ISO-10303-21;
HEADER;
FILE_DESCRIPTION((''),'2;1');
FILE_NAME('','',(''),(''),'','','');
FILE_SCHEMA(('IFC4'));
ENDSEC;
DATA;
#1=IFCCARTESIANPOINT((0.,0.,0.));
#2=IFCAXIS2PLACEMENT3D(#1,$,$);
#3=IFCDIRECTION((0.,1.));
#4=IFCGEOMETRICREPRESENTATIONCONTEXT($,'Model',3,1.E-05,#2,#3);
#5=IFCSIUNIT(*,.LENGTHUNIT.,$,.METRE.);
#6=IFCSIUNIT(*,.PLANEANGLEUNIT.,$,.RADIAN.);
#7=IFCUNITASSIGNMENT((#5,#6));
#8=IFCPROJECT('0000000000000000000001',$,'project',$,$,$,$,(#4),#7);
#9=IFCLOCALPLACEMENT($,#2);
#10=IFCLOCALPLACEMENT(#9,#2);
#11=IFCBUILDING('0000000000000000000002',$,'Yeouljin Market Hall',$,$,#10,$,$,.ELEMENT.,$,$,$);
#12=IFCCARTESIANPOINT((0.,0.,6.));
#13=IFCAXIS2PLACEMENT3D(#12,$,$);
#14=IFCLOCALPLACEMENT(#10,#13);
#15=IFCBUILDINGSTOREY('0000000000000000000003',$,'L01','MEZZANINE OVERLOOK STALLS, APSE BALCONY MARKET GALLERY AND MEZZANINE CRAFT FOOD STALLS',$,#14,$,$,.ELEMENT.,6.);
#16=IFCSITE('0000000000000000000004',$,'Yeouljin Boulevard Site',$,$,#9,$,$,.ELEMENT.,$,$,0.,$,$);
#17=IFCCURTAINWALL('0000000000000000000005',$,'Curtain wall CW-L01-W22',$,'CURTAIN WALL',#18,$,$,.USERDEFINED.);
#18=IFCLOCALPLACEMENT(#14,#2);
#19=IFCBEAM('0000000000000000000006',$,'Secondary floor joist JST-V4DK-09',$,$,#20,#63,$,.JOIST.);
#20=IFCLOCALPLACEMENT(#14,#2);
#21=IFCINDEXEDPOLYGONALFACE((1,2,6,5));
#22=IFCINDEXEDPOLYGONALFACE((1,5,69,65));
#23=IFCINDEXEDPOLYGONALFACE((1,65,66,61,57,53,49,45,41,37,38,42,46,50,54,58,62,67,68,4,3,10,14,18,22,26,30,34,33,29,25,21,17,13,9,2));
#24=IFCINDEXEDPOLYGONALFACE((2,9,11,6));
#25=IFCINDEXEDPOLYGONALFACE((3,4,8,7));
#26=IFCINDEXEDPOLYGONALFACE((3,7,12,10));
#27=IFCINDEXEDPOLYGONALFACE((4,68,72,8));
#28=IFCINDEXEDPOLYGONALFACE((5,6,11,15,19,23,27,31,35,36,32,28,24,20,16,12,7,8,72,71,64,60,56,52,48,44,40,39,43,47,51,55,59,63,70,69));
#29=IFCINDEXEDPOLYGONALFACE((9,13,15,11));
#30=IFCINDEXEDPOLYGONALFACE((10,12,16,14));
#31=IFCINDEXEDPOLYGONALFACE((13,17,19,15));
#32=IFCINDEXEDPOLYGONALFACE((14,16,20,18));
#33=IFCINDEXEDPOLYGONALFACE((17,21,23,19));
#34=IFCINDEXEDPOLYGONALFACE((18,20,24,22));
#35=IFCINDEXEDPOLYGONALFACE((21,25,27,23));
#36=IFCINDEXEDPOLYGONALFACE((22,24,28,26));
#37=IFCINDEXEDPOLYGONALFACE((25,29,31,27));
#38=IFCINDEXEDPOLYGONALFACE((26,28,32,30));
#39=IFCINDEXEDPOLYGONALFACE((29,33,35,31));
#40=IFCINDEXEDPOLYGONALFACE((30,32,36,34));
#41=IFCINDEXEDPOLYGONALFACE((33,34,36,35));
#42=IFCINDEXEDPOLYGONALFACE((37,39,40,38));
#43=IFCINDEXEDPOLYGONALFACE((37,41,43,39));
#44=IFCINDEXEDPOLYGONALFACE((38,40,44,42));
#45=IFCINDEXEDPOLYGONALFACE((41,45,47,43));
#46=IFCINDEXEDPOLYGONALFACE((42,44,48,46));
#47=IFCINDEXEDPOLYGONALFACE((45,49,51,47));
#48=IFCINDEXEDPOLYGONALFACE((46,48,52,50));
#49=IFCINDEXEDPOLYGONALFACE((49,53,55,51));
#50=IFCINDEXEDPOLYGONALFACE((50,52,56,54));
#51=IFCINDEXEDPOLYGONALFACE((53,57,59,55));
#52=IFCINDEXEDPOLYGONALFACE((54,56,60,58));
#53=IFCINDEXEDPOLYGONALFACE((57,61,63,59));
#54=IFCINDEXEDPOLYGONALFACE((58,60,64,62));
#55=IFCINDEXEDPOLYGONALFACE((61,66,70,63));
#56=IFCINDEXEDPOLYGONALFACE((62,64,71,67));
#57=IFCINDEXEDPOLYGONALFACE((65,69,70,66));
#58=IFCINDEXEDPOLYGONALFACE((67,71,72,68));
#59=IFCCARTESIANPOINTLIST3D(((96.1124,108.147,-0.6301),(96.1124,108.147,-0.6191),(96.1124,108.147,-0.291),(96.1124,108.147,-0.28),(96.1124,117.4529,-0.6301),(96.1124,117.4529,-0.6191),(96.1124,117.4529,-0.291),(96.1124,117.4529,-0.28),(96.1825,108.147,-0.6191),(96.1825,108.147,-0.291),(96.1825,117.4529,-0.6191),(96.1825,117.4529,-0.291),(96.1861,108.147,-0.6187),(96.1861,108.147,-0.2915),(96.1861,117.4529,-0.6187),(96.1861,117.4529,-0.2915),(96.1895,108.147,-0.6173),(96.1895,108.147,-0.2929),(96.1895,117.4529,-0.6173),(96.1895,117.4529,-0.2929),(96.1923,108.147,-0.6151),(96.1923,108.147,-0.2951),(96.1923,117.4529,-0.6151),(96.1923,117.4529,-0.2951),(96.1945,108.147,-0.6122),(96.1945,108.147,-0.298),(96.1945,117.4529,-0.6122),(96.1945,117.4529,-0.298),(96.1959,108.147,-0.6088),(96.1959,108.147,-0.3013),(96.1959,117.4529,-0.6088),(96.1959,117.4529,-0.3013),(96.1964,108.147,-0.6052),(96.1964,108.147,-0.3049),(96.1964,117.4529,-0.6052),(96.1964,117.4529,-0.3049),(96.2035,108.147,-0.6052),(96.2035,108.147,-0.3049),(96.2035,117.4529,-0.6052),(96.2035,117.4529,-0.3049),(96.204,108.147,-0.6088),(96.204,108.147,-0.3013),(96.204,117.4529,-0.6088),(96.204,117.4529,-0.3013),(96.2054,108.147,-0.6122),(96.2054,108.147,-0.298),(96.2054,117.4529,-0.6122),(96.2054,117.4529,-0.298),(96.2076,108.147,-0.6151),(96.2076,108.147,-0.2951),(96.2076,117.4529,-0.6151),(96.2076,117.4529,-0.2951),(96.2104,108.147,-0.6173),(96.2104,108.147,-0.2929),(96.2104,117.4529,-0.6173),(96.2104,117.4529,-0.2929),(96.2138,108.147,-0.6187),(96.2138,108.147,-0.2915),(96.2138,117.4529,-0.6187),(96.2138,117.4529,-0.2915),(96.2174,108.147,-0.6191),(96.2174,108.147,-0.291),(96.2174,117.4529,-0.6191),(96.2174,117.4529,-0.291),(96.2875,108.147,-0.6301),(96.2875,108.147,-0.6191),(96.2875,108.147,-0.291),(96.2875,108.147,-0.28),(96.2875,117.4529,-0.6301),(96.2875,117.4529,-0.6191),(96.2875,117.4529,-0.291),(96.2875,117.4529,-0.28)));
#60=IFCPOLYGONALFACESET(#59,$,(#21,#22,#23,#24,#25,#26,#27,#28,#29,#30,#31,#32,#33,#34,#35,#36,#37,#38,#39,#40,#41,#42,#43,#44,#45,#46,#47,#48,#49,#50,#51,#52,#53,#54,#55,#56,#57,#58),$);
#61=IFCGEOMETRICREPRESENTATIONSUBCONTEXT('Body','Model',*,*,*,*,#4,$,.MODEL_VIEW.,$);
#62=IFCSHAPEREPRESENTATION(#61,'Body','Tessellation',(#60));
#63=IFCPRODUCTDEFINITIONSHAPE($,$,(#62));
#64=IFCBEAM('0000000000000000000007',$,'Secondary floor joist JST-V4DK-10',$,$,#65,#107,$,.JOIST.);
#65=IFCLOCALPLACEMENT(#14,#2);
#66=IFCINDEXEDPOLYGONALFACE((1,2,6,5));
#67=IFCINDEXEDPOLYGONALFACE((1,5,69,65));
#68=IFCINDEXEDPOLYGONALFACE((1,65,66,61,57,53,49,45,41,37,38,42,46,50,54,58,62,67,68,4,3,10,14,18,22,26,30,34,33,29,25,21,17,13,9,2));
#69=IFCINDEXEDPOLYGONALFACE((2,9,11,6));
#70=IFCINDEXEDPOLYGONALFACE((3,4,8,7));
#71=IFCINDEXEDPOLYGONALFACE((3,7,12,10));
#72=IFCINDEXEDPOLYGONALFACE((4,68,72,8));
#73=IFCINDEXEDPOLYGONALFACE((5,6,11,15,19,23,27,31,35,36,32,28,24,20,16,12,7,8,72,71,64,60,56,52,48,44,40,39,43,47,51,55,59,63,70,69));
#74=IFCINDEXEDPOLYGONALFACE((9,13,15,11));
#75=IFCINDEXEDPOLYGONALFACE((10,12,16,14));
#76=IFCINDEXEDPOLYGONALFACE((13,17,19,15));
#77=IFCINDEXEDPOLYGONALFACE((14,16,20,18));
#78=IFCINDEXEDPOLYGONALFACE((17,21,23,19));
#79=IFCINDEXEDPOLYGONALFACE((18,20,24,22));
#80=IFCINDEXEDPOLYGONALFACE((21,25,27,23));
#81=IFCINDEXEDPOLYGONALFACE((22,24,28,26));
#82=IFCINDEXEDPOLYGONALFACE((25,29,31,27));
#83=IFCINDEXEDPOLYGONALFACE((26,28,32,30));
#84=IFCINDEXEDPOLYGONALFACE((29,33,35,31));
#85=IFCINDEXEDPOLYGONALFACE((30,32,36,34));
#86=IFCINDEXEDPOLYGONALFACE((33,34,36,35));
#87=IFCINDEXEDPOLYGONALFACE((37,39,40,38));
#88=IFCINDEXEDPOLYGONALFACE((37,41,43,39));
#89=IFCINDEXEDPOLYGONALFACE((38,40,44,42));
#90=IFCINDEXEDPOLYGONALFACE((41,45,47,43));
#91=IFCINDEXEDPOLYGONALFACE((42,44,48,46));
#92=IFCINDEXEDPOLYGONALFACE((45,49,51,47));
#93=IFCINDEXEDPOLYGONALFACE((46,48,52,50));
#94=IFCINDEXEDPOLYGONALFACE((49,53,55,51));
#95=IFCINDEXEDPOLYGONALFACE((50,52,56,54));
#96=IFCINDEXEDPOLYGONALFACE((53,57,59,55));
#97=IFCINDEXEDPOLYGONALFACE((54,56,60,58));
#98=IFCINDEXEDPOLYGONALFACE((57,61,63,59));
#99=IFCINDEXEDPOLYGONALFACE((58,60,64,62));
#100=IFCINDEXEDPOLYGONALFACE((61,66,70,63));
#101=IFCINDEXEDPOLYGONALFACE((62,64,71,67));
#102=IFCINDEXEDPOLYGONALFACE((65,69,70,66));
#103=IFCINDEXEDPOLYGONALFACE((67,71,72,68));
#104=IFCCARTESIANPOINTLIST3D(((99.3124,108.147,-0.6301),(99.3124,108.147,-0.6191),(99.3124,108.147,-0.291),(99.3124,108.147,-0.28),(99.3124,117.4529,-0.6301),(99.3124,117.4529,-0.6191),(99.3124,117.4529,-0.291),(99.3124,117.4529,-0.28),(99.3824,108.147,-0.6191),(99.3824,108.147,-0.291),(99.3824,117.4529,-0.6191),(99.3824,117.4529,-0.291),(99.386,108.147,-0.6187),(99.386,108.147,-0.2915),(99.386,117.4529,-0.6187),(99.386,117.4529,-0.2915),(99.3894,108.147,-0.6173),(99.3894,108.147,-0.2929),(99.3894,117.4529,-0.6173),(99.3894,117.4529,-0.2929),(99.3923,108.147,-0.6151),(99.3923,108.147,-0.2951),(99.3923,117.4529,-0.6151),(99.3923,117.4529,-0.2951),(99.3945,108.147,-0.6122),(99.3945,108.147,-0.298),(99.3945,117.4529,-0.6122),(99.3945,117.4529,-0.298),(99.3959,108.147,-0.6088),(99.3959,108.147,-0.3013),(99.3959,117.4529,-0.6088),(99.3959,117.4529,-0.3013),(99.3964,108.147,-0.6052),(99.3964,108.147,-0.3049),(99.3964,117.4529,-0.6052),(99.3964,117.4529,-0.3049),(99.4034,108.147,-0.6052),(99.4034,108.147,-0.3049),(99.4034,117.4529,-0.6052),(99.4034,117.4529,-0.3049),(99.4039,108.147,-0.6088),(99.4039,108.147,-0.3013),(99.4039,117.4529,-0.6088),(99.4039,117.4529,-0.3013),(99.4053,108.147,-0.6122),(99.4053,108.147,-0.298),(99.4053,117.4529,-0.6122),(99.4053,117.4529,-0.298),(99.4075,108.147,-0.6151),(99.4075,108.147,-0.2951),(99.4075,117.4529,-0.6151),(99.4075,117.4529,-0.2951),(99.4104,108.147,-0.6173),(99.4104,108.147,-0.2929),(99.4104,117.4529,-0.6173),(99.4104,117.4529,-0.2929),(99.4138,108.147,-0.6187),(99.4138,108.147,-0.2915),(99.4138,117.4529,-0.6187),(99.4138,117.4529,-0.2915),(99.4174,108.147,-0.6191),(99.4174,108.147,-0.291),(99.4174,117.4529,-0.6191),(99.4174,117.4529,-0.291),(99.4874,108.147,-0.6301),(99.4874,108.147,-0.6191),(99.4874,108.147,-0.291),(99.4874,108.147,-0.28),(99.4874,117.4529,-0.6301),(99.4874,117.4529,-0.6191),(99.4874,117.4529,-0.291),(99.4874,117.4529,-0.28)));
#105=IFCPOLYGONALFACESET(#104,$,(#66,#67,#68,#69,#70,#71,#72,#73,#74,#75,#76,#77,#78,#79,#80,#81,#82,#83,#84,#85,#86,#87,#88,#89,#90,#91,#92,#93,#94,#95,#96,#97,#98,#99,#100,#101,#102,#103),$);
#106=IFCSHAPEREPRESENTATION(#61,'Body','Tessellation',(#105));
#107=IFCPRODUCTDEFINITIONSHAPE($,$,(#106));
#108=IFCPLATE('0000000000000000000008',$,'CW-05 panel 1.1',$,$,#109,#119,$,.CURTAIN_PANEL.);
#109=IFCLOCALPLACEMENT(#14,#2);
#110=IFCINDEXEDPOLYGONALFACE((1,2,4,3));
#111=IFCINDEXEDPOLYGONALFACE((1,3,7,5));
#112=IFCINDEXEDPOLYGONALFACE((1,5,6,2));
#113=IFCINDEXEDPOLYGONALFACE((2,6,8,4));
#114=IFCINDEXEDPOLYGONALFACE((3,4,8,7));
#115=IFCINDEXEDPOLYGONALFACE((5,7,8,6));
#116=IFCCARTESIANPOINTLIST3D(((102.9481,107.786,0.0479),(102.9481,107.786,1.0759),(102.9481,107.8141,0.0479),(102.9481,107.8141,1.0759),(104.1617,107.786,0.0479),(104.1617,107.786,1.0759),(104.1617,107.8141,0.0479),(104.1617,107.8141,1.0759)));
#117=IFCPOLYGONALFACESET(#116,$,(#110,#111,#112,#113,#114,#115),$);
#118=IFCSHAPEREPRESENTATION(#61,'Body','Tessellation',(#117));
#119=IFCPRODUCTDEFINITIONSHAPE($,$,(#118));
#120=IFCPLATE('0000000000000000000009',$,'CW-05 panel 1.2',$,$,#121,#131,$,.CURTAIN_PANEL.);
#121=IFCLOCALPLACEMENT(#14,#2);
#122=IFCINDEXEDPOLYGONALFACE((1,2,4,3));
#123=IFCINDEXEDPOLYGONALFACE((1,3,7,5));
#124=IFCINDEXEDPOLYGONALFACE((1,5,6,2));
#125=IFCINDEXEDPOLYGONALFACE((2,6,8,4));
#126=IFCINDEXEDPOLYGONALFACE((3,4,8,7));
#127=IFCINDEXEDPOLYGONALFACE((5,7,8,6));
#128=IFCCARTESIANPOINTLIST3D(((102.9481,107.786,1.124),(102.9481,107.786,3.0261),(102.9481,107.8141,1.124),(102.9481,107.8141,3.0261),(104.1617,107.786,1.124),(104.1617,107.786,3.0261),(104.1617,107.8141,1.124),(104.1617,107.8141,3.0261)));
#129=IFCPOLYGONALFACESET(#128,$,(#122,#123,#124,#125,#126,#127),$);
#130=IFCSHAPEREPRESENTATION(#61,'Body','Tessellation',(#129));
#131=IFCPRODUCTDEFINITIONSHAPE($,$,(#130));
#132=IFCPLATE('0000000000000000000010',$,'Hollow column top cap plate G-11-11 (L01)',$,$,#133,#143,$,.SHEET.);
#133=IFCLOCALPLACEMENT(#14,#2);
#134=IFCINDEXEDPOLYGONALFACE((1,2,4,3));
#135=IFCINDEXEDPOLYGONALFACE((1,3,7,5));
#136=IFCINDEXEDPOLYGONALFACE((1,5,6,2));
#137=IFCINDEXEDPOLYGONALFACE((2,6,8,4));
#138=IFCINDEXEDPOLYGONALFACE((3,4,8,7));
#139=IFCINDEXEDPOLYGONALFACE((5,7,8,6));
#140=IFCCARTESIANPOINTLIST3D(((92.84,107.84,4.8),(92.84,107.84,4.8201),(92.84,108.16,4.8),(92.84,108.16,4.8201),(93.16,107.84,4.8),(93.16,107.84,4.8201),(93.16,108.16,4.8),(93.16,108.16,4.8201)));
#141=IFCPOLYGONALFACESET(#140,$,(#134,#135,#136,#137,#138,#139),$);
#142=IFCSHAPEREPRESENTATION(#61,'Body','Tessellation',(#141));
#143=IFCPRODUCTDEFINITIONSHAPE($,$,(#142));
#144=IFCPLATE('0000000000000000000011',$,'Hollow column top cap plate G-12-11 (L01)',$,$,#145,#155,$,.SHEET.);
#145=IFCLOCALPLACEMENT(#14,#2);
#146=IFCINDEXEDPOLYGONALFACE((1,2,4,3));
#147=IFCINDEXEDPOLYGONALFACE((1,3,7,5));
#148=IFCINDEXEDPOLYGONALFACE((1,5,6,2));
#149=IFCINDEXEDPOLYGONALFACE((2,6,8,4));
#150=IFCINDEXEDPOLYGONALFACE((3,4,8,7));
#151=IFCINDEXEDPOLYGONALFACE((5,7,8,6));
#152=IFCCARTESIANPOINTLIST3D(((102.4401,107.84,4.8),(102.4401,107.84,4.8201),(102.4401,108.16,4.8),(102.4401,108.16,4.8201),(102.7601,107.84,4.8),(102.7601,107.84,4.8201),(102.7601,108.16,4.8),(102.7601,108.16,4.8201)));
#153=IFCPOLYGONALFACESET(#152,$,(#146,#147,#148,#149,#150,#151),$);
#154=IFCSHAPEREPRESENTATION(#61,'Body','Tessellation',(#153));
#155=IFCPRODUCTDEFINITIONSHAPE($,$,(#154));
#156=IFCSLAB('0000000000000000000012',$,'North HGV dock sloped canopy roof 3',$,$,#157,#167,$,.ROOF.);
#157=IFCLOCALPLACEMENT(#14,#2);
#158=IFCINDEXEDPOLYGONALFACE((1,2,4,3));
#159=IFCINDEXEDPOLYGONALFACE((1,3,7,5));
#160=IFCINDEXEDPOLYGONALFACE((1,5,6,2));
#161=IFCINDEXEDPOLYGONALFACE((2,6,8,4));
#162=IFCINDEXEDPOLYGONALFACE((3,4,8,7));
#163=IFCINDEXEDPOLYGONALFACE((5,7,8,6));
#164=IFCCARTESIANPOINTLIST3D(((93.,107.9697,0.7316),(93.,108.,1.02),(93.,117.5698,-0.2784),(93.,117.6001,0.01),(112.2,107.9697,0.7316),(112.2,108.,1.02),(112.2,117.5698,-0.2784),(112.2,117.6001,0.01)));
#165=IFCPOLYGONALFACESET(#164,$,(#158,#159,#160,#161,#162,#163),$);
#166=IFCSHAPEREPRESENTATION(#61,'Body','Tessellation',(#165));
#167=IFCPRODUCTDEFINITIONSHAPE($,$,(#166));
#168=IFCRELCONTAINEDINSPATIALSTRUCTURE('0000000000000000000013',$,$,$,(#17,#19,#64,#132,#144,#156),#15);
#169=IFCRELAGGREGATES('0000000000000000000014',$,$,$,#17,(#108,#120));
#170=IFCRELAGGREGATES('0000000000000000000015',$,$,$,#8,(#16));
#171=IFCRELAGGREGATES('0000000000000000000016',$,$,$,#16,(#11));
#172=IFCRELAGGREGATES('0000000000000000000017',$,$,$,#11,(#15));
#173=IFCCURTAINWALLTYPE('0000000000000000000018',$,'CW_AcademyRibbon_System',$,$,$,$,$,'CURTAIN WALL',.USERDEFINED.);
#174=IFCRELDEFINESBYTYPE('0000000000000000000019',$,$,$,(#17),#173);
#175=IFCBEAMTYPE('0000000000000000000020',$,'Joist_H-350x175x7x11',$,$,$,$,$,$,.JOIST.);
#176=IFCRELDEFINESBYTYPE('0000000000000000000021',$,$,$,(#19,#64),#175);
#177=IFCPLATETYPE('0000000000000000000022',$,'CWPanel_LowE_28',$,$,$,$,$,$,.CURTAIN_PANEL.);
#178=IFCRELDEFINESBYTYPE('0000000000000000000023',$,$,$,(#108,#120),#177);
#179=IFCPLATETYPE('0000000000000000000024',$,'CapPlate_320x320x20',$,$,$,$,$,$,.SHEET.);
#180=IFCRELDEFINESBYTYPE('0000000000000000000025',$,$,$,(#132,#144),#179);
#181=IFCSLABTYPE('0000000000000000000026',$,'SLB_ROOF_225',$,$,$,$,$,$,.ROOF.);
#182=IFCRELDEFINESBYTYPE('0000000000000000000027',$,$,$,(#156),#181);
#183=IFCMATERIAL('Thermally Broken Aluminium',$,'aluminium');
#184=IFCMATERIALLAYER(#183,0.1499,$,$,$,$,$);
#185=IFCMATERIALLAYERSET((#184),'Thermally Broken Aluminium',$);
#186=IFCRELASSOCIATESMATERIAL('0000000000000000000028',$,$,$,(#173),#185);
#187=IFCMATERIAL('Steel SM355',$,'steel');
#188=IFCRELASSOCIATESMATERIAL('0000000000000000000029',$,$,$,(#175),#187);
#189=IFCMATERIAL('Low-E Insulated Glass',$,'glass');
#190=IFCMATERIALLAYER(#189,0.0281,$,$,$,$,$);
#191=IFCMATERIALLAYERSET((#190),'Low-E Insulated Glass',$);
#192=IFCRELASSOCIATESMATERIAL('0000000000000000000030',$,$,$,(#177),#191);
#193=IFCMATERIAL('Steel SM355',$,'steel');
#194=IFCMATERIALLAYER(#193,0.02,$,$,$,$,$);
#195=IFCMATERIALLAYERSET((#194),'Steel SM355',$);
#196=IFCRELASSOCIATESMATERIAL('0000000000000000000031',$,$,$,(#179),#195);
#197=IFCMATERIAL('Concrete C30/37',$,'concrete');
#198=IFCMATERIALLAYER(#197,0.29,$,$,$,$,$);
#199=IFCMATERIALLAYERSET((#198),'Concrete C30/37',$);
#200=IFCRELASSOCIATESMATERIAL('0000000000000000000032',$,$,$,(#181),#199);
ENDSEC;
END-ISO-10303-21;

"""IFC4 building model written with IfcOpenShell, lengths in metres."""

from ifc_helpers import new_model, si_unit, direction, frame, origin, origin_2d, place, context, subcontext, project, spatial, polyline, rectangle, i_section, outline, extrude, material, layer, layer_set, material_profile, profile_set, type_object, element, aggregate, save


model = new_model("IFC4")

# Units and contexts
model_context = context("Model", 3, precision=1e-05, world=origin(), true_north=direction((0.0, 1.0)))
body_context = subcontext(model_context, "Body", "Model", "MODEL_VIEW")
ifc_project = project(units=[si_unit("LENGTHUNIT", "METRE"), si_unit("PLANEANGLEUNIT", "RADIAN")], contexts=[model_context])

# Site, building, storey
site_placement = place(None, origin())
site = spatial("IfcSite", under=ifc_project, at=site_placement, Name="Yeouljin Boulevard Site", CompositionType="ELEMENT", RefElevation=0.0)
building_placement = place(site_placement, origin())
building = spatial("IfcBuilding", under=site, at=building_placement, Name="Yeouljin Market Hall", CompositionType="ELEMENT")
storey_placement = place(building_placement, frame((0.0, 0.0, 6.0)))
storey = spatial("IfcBuildingStorey", under=building, at=storey_placement, Name="L01", Description="MEZZANINE OVERLOOK STALLS, APSE BALCONY MARKET GALLERY AND MEZZANINE CRAFT FOOD STALLS", CompositionType="ELEMENT", Elevation=6.0)

# Curtain wall
ifc_material_1 = material(Name="Thermally Broken Aluminium", Category="aluminium")
ifc_layer_1 = layer(ifc_material_1, 0.1499)
ifc_layer_set_1 = layer_set([ifc_layer_1], Name="Thermally Broken Aluminium")
curtain_wall_type = type_object("IfcCurtainWallType", Name="CW_AcademyRibbon_System", ElementType="CURTAIN WALL", PredefinedType="USERDEFINED", material=ifc_layer_set_1)
curtain_wall_placement = place(storey_placement, origin())
curtain_wall = element("IfcCurtainWall", 1, at=curtain_wall_placement, inside=storey, type_object=curtain_wall_type, Name="Curtain wall CW-L01-W22", ObjectType="CURTAIN WALL", PredefinedType="USERDEFINED")

# Beams
ifc_material_2 = material(Name="Steel SM355", Category="steel")
ifc_material_profile_1 = material_profile(ifc_material_2, i_section(OverallWidth=0.175, OverallDepth=0.3501, WebThickness=0.0071, FlangeThickness=0.011, FilletRadius=0.0139, at=origin_2d()), Name="H-350x175x7x11")
ifc_profile_set_1 = profile_set([ifc_material_profile_1], Name="Steel SM355")
beam_type_1 = type_object("IfcBeamType", Name="Joist_H-350x175x7x11", PredefinedType="JOIST", material=ifc_profile_set_1)
for number, where, z_axis, x_axis, name in (
    (2, (96.2, 108.147, -0.4551), (0.0, 1.0, 0.0), (-1.0, 0.0, 0.0), "Secondary floor joist JST-V4DK-09"),
    (3, (99.3999, 108.147, -0.4551), (0.0, 1.0, 0.0), (-1.0, 0.0, 0.0), "Secondary floor joist JST-V4DK-10"),
):
    element("IfcBeam", number, at=place(storey_placement, frame(where, z_axis=z_axis, x_axis=x_axis)), inside=storey, type_object=beam_type_1, Name=name, PredefinedType="JOIST", context=body_context, shape_type="SweptSolid", body=[
        extrude(i_section(OverallWidth=0.175, OverallDepth=0.3501, WebThickness=0.0071, FlangeThickness=0.011, FilletRadius=0.0139, at=origin_2d()), origin(), (0.0, 0.0, 1.0), 9.3059),
    ])

# Plates
ifc_material_3 = material(Name="Low-E Insulated Glass", Category="glass")
ifc_layer_2 = layer(ifc_material_3, 0.0281)
ifc_layer_set_2 = layer_set([ifc_layer_2], Name="Low-E Insulated Glass")
plate_type_1 = type_object("IfcPlateType", Name="CWPanel_LowE_28", PredefinedType="CURTAIN_PANEL", material=ifc_layer_set_2)
plate_1_placement = place(storey_placement, frame((103.5549, 107.8, 0.0479), z_axis=(0.0, 0.0, 1.0), x_axis=(1.0, 0.0, 0.0)))
plate_1 = element("IfcPlate", 4, at=plate_1_placement, type_object=plate_type_1, Name="CW-05 panel 1.1", PredefinedType="CURTAIN_PANEL", context=body_context, shape_type="SweptSolid", body=[
    extrude(rectangle(XDim=1.2136, YDim=0.0281, at=origin_2d()), origin(), (0.0, 0.0, 1.0), 1.0281),
])
plate_2_placement = place(storey_placement, frame((103.5549, 107.8, 1.124), z_axis=(0.0, 0.0, 1.0), x_axis=(1.0, 0.0, 0.0)))
plate_2 = element("IfcPlate", 5, at=plate_2_placement, type_object=plate_type_1, Name="CW-05 panel 1.2", PredefinedType="CURTAIN_PANEL", context=body_context, shape_type="SweptSolid", body=[
    extrude(rectangle(XDim=1.2136, YDim=0.0281, at=origin_2d()), origin(), (0.0, 0.0, 1.0), 1.9021),
])
aggregate(curtain_wall, [plate_1, plate_2])

# Plates
ifc_material_4 = material(Name="Steel SM355", Category="steel")
ifc_layer_3 = layer(ifc_material_4, 0.02)
ifc_layer_set_3 = layer_set([ifc_layer_3], Name="Steel SM355")
plate_type_2 = type_object("IfcPlateType", Name="CapPlate_320x320x20", PredefinedType="SHEET", material=ifc_layer_set_3)
for number, where, z_axis, x_axis, name in (
    (6, (93.0, 108.0, 4.8), (0.0, 0.0, 1.0), (1.0, 0.0, 0.0), "Hollow column top cap plate G-11-11 (L01)"),
    (7, (102.6001, 108.0, 4.8), (0.0, 0.0, 1.0), (1.0, 0.0, 0.0), "Hollow column top cap plate G-12-11 (L01)"),
):
    element("IfcPlate", number, at=place(storey_placement, frame(where, z_axis=z_axis, x_axis=x_axis)), inside=storey, type_object=plate_type_2, Name=name, PredefinedType="SHEET", context=body_context, shape_type="SweptSolid", body=[
        extrude(rectangle(XDim=0.3201, YDim=0.3201, at=origin_2d()), origin(), (0.0, 0.0, 1.0), 0.02),
    ])

# Slab
ifc_material_5 = material(Name="Concrete C30/37", Category="concrete")
ifc_layer_4 = layer(ifc_material_5, 0.29)
ifc_layer_set_4 = layer_set([ifc_layer_4], Name="Concrete C30/37")
slab_type = type_object("IfcSlabType", Name="SLB_ROOF_225", PredefinedType="ROOF", material=ifc_layer_set_4)
slab_placement = place(storey_placement, frame((93.0, 108.0, 1.02), z_axis=(0.0, 0.104631, 0.994511), x_axis=(0.0, 0.994511, -0.104631)))
element("IfcSlab", 8, at=slab_placement, inside=storey, type_object=slab_type, Name="North HGV dock sloped canopy roof 3", PredefinedType="ROOF", context=body_context, shape_type="SweptSolid", body=[
    extrude(outline(polyline([(0.0, 0.0), (9.6531, 0.0), (9.6531, -19.2), (0.0, -19.2), (0.0, 0.0)])), origin(), (0.0, 0.0, -1.0), 0.29),
])

save(model, "model.ifc")
